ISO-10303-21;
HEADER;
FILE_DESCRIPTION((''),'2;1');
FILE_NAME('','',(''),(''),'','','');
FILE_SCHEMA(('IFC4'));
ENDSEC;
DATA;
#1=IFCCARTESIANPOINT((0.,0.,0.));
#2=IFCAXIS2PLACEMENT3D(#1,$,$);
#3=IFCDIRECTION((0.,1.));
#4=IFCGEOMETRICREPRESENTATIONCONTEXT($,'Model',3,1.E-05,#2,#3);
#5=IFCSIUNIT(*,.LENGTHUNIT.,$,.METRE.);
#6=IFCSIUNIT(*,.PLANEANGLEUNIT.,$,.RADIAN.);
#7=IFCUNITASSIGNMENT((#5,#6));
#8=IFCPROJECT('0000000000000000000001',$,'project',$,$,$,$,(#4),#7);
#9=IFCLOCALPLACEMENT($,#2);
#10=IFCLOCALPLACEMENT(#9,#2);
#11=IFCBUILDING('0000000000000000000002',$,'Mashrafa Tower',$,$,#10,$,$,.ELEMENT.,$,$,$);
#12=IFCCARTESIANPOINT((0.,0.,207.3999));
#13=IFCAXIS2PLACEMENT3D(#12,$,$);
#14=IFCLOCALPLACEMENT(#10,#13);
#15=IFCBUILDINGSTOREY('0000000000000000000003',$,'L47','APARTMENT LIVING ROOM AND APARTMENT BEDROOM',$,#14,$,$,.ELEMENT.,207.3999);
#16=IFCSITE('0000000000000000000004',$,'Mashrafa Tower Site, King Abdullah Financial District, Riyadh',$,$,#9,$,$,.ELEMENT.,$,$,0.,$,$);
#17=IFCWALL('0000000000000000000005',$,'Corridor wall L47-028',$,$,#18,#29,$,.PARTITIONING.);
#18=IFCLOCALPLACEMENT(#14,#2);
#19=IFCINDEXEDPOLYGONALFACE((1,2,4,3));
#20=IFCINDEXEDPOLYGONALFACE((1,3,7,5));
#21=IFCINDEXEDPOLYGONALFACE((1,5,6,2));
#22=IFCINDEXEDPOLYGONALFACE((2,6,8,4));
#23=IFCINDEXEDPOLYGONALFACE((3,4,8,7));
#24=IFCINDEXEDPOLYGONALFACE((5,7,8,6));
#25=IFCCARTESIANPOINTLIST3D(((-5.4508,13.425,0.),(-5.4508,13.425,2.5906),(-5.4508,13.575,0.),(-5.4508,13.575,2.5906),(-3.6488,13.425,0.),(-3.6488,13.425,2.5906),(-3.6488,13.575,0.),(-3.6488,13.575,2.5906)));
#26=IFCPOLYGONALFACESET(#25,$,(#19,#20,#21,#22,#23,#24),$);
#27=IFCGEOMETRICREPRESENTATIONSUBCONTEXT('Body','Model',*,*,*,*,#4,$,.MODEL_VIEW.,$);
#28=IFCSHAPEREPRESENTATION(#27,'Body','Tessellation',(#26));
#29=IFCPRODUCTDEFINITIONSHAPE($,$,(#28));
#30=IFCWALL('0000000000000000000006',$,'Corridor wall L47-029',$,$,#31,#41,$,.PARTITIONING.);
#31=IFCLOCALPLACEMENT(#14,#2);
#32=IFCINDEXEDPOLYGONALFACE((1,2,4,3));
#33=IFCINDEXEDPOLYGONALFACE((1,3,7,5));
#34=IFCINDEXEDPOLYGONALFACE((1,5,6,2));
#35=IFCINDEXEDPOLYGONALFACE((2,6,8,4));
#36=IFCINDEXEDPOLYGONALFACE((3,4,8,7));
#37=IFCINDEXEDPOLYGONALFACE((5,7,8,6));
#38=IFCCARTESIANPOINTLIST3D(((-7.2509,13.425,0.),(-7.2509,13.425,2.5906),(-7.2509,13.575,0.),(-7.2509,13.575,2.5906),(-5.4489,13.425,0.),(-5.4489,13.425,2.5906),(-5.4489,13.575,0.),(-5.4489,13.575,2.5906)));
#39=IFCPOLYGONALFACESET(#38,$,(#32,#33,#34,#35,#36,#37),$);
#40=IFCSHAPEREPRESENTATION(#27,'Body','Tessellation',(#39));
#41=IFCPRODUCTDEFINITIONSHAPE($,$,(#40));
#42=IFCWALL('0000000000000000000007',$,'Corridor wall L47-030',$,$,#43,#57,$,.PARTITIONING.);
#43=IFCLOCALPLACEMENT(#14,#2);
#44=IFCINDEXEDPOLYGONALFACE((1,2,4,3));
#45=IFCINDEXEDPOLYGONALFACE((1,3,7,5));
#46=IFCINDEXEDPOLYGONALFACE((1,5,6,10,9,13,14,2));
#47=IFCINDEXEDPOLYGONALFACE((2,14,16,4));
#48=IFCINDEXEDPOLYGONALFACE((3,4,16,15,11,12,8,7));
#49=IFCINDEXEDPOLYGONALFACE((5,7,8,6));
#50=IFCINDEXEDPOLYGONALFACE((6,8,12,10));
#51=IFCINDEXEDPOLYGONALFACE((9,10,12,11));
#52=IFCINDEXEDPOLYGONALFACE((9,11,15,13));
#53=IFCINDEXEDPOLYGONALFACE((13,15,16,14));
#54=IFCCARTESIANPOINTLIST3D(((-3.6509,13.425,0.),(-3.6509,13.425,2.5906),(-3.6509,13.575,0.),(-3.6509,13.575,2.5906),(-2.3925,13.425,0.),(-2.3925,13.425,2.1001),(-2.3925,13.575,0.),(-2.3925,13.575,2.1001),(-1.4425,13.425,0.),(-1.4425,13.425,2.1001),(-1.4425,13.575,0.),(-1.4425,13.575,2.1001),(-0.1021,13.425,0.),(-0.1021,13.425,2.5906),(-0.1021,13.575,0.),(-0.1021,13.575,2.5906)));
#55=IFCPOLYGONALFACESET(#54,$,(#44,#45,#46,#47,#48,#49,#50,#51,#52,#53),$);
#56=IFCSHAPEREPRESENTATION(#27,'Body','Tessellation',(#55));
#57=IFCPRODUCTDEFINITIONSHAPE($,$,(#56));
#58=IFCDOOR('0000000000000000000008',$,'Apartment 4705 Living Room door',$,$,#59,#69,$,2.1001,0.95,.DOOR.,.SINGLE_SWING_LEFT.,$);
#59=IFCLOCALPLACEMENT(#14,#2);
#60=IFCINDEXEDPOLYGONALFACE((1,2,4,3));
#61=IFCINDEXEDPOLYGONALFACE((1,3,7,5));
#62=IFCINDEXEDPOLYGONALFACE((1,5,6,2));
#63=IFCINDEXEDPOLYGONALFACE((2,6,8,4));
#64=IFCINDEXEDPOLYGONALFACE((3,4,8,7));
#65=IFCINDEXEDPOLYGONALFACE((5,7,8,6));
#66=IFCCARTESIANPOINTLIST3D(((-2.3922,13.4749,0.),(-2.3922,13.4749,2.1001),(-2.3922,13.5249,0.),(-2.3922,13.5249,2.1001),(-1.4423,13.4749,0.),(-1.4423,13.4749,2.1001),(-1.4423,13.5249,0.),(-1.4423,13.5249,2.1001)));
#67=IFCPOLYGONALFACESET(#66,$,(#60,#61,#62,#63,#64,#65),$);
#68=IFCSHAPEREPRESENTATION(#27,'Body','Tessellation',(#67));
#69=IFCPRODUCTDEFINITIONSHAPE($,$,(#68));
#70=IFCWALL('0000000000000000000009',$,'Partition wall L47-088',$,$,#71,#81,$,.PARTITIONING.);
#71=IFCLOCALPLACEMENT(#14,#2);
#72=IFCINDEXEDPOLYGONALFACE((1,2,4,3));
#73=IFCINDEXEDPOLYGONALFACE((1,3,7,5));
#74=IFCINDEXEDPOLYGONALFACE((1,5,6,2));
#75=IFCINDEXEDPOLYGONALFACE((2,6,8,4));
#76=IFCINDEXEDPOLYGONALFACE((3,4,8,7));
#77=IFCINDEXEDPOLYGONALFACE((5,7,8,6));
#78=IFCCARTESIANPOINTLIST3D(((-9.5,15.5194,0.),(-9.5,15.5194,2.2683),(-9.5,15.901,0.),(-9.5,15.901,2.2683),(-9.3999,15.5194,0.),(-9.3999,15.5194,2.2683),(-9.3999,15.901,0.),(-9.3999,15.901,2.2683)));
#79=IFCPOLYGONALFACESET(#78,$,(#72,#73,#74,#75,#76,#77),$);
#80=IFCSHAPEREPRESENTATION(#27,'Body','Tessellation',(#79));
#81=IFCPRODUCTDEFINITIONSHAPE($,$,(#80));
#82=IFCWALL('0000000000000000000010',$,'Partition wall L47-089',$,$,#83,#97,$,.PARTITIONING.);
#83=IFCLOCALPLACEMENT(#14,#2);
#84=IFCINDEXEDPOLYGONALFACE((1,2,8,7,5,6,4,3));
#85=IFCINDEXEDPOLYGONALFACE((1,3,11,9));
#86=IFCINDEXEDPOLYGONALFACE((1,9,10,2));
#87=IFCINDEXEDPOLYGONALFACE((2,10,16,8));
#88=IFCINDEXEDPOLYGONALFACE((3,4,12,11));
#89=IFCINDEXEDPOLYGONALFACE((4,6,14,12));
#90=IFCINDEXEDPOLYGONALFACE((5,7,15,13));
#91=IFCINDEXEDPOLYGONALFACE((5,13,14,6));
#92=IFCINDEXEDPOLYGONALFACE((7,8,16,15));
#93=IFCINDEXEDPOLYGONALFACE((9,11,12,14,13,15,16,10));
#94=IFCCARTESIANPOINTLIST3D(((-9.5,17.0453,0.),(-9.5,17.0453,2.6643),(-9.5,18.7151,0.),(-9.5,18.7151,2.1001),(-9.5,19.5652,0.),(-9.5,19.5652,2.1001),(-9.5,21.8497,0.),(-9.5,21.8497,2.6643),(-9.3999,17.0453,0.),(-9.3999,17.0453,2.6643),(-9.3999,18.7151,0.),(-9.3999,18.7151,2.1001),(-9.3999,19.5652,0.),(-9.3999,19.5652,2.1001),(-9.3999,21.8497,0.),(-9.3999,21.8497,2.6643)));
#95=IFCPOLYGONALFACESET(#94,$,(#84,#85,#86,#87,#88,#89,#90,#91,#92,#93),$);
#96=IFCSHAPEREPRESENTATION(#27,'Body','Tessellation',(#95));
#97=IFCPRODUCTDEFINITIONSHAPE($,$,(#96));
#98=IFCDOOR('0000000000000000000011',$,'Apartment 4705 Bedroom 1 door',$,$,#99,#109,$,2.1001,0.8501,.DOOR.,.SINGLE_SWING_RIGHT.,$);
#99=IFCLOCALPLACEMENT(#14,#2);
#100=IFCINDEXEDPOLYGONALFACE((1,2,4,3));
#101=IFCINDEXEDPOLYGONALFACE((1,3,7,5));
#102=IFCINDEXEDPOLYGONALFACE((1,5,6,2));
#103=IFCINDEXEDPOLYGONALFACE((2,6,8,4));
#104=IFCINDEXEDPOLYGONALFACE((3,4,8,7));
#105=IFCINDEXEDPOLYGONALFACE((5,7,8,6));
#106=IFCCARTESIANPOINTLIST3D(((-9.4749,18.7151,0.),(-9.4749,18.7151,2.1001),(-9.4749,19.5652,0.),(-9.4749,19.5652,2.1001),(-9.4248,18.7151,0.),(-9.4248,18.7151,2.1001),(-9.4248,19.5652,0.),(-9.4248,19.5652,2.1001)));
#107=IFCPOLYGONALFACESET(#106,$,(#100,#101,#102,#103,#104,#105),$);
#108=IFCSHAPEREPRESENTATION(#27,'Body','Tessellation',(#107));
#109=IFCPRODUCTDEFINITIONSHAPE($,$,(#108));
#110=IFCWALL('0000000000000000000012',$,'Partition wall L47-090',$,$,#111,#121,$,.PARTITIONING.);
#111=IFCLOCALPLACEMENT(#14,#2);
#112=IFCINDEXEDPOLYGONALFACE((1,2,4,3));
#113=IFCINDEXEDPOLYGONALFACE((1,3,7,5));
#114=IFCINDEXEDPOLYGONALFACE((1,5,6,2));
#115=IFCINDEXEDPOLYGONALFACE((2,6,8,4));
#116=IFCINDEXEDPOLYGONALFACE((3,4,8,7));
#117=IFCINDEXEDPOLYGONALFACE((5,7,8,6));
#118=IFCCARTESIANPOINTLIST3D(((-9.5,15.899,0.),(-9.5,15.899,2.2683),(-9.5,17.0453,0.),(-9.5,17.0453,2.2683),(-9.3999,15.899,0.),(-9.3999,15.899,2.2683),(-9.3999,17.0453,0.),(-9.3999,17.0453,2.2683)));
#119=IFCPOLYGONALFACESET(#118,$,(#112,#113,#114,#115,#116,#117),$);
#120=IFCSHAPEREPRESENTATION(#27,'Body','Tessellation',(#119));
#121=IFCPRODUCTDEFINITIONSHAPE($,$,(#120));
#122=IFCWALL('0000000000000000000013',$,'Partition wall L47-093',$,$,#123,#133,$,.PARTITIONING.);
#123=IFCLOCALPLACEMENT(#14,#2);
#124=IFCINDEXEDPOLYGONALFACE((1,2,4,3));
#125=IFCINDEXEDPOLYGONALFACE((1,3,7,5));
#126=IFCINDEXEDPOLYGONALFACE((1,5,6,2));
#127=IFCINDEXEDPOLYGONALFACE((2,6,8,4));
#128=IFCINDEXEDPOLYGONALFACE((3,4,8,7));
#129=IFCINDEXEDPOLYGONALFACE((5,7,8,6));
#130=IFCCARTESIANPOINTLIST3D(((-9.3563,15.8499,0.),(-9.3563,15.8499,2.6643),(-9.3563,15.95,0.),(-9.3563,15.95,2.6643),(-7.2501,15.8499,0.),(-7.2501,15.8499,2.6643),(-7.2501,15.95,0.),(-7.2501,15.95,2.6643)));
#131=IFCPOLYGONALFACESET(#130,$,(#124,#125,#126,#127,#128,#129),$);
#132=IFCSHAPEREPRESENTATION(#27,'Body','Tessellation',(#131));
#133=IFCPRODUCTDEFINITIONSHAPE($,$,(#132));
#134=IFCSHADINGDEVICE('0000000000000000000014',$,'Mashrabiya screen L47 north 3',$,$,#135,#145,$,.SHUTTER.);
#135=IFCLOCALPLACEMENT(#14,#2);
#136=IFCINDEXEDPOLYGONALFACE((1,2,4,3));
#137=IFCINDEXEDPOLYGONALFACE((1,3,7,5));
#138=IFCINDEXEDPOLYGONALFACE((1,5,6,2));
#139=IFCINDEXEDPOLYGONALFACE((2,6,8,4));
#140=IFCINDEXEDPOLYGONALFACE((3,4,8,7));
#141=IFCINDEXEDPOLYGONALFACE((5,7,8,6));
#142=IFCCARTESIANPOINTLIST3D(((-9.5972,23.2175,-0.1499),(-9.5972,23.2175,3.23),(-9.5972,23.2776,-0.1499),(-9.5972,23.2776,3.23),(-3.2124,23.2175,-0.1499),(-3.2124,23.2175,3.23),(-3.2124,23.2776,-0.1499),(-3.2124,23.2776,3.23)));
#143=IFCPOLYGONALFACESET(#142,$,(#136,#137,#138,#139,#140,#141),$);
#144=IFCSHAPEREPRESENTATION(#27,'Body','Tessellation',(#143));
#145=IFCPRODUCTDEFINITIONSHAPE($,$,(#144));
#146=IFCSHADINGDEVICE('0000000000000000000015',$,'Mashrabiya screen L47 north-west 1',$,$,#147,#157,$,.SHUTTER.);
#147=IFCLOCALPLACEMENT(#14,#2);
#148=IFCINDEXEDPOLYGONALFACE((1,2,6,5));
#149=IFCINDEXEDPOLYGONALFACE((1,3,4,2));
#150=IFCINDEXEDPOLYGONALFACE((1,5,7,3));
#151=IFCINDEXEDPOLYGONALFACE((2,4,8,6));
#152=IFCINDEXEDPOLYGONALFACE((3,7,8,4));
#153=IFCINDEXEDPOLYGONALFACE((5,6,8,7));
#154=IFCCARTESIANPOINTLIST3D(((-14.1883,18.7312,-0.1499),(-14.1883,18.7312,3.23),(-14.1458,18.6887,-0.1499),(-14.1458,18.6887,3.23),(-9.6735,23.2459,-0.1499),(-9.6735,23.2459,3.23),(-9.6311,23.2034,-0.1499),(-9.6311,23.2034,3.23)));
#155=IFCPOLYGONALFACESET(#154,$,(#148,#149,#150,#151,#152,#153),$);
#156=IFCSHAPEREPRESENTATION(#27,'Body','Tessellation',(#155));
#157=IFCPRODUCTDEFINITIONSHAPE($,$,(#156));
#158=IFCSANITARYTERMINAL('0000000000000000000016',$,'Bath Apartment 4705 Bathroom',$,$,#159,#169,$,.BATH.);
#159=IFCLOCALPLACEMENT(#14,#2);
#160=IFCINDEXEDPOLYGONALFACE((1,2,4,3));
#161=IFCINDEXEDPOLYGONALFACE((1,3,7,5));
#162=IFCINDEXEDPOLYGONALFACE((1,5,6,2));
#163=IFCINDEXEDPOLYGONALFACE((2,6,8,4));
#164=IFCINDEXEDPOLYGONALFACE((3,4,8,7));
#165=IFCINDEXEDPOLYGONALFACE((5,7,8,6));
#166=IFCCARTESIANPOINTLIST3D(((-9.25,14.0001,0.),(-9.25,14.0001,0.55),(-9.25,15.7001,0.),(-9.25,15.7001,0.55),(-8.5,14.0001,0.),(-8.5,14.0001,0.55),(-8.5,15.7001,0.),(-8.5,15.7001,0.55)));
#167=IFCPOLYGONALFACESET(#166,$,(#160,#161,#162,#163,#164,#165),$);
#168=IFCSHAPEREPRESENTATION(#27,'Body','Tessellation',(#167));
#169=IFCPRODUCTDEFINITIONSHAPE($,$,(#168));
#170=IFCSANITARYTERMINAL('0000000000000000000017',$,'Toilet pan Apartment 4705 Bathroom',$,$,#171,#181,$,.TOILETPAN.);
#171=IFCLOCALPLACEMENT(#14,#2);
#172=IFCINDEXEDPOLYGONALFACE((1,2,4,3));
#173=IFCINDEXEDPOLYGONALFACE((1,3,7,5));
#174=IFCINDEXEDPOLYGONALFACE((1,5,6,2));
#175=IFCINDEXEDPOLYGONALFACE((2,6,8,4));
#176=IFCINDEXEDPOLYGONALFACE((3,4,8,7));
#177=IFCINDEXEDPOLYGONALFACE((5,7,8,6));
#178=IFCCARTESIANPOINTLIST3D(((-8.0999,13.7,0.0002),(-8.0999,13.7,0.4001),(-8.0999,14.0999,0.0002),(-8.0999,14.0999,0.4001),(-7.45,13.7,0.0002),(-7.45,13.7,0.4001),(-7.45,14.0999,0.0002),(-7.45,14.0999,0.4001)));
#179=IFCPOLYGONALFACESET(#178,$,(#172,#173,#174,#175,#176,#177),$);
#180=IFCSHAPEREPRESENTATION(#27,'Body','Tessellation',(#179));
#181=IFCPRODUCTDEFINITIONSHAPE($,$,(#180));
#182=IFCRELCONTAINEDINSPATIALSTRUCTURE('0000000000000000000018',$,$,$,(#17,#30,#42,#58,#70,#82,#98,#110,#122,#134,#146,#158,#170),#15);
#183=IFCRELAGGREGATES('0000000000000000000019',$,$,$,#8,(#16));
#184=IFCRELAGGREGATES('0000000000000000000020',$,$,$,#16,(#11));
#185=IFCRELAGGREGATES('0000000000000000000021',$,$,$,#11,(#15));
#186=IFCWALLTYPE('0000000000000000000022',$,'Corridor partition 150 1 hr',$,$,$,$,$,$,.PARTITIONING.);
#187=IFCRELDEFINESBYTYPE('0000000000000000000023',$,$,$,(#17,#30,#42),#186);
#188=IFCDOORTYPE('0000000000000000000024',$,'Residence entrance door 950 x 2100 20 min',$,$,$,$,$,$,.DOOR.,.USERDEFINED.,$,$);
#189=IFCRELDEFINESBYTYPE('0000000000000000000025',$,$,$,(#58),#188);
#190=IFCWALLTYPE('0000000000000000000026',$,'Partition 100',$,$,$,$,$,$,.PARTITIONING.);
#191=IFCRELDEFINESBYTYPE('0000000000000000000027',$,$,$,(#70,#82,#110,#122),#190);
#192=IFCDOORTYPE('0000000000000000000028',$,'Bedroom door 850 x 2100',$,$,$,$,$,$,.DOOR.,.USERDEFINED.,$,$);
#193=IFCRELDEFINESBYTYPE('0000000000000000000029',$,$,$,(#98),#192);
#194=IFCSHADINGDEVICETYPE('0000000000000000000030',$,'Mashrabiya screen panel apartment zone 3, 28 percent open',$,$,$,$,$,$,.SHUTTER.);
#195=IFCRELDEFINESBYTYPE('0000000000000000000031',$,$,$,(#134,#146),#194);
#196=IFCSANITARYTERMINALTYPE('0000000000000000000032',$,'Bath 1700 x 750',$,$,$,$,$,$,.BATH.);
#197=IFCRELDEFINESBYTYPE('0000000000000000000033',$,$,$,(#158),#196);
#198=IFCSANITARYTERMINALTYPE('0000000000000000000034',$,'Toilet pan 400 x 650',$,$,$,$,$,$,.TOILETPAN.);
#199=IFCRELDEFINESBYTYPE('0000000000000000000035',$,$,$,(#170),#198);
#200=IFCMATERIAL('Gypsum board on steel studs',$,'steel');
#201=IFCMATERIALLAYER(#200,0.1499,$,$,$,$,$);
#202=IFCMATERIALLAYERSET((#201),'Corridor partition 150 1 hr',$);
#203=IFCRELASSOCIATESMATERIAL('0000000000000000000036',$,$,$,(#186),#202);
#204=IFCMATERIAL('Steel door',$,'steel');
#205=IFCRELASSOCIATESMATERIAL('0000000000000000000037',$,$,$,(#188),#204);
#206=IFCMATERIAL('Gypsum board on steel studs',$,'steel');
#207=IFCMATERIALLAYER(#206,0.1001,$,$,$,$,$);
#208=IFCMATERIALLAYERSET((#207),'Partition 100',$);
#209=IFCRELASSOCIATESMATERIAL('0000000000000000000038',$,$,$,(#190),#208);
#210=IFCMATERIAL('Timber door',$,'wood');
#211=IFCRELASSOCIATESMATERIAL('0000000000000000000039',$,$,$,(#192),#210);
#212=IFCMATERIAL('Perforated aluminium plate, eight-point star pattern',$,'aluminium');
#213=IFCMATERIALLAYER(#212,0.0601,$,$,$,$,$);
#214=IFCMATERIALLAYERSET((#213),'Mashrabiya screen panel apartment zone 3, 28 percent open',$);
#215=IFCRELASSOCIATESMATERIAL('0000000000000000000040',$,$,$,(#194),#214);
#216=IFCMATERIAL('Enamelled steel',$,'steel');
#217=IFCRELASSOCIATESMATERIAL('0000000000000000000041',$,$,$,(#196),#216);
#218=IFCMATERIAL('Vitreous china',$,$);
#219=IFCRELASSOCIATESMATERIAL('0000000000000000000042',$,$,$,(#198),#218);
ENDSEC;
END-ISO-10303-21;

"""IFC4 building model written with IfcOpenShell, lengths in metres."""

from ifc_helpers import new_model, si_unit, direction, frame, frame_2d, origin, origin_2d, place, context, subcontext, project, spatial, rectangle, extrude, source, transform, mapped, material, layer, layer_set, type_object, type_shapes, element, fill, save


model = new_model("IFC4")

# Units and contexts
model_context = context("Model", 3, precision=1e-05, world=origin(), true_north=direction((0.0, 1.0)))
body_context = subcontext(model_context, "Body", "Model", "MODEL_VIEW")
ifc_project = project(units=[si_unit("LENGTHUNIT", "METRE"), si_unit("PLANEANGLEUNIT", "RADIAN")], contexts=[model_context])

# Site, building, storey
site_placement = place(None, origin())
site = spatial("IfcSite", under=ifc_project, at=site_placement, Name="Mashrafa Tower Site, King Abdullah Financial District, Riyadh", CompositionType="ELEMENT", RefElevation=0.0)
building_placement = place(site_placement, origin())
building = spatial("IfcBuilding", under=site, at=building_placement, Name="Mashrafa Tower", CompositionType="ELEMENT")
storey_placement = place(building_placement, frame((0.0, 0.0, 207.3999)))
storey = spatial("IfcBuildingStorey", under=building, at=storey_placement, Name="L47", Description="APARTMENT LIVING ROOM AND APARTMENT BEDROOM", CompositionType="ELEMENT", Elevation=207.3999)

# Walls
ifc_material_1 = material(Name="Gypsum board on steel studs", Category="steel")
ifc_layer_1 = layer(ifc_material_1, 0.1499)
ifc_layer_set_1 = layer_set([ifc_layer_1], Name="Corridor partition 150 1 hr")
wall_type_1 = type_object("IfcWallType", Name="Corridor partition 150 1 hr", PredefinedType="PARTITIONING", material=ifc_layer_set_1)
for number, where, z_axis, x_axis, name in (
    (1, (-3.6489, 13.5, 0.0), (0.0, 0.0, 1.0), (-1.0, 0.0, 0.0), "Corridor wall L47-028"),
    (2, (-5.449, 13.5, 0.0), (0.0, 0.0, 1.0), (-1.0, 0.0, 0.0), "Corridor wall L47-029"),
):
    element("IfcWall", number, at=place(storey_placement, frame(where, z_axis=z_axis, x_axis=x_axis)), inside=storey, type_object=wall_type_1, Name=name, PredefinedType="PARTITIONING", context=body_context, shape_type="SweptSolid", body=[
        extrude(rectangle(XDim=1.802, YDim=0.1499, at=frame_2d((0.9009, 0.0))), origin(), (0.0, 0.0, 1.0), 2.5906),
    ])

# Wall, opening, door
wall_1_placement = place(storey_placement, frame((-0.1021, 13.5, 0.0), z_axis=(0.0, 0.0, 1.0), x_axis=(-1.0, 0.0, 0.0)))
wall_1 = element("IfcWall", 3, at=wall_1_placement, inside=storey, type_object=wall_type_1, Name="Corridor wall L47-030", PredefinedType="PARTITIONING", context=body_context, shape_type="SweptSolid", body=[
    extrude(rectangle(XDim=3.5488, YDim=0.1499, at=frame_2d((1.7744, 0.0))), origin(), (0.0, 0.0, 1.0), 2.5906),
])
opening_1_placement = place(wall_1_placement, frame((1.3403, 0.0, 0.0)))
opening_1 = element("IfcOpeningElement", 4, at=opening_1_placement, cuts=wall_1, PredefinedType="OPENING", context=body_context, shape_type="SweptSolid", body=[
    extrude(rectangle(XDim=0.95, YDim=2.1001, at=frame_2d((0.4751, 1.05))), frame((0.0, 0.085, 0.0), z_axis=(0.0, -1.0, 0.0), x_axis=(1.0, 0.0, 0.0)), (0.0, 0.0, 1.0), 0.1699),
])
ifc_material_2 = material(Name="Steel door", Category="steel")
door_type_1 = type_object("IfcDoorType", Name="Residence entrance door 950 x 2100 20 min", OperationType="USERDEFINED", PredefinedType="DOOR", material=ifc_material_2)
door_1_placement = place(opening_1_placement, frame((0.95, 0.0, 0.0), z_axis=(0.0, 0.0, 1.0), x_axis=(-1.0, 0.0, 0.0)))
door_1 = element("IfcDoor", 5, at=door_1_placement, inside=storey, type_object=door_type_1, Name="Apartment 4705 Living Room door", OperationType="SINGLE_SWING_LEFT", OverallHeight=2.1001, OverallWidth=0.95, PredefinedType="DOOR", context=body_context, shape_type="SweptSolid", body=[
    extrude(rectangle(XDim=0.95, YDim=2.1001, at=frame_2d((0.4751, 1.05))), frame((0.0, 0.0249, 0.0), z_axis=(0.0, -1.0, 0.0), x_axis=(1.0, 0.0, 0.0)), (0.0, 0.0, 1.0), 0.05),
])
fill(opening_1, door_1)

# Wall
ifc_material_3 = material(Name="Gypsum board on steel studs", Category="steel")
ifc_layer_2 = layer(ifc_material_3, 0.1001)
ifc_layer_set_2 = layer_set([ifc_layer_2], Name="Partition 100")
wall_type_2 = type_object("IfcWallType", Name="Partition 100", PredefinedType="PARTITIONING", material=ifc_layer_set_2)
wall_2_placement = place(storey_placement, frame((-9.45, 15.5193, 0.0), z_axis=(0.0, 0.0, 1.0), x_axis=(0.0, 1.0, 0.0)))
element("IfcWall", 6, at=wall_2_placement, inside=storey, type_object=wall_type_2, Name="Partition wall L47-088", PredefinedType="PARTITIONING", context=body_context, shape_type="SweptSolid", body=[
    extrude(rectangle(XDim=0.3816, YDim=0.1001, at=frame_2d((0.1909, 0.0))), origin(), (0.0, 0.0, 1.0), 2.2683),
])

# Wall, opening, door
wall_3_placement = place(storey_placement, frame((-9.45, 17.0452, 0.0), z_axis=(0.0, 0.0, 1.0), x_axis=(0.0, 1.0, 0.0)))
wall_3 = element("IfcWall", 7, at=wall_3_placement, inside=storey, type_object=wall_type_2, Name="Partition wall L47-089", PredefinedType="PARTITIONING", context=body_context, shape_type="SweptSolid", body=[
    extrude(rectangle(XDim=4.8044, YDim=0.1001, at=frame_2d((2.4023, 0.0))), origin(), (0.0, 0.0, 1.0), 2.6643),
])
opening_2_placement = place(wall_3_placement, frame((1.6699, 0.0, 0.0)))
opening_2 = element("IfcOpeningElement", 8, at=opening_2_placement, cuts=wall_3, PredefinedType="OPENING", context=body_context, shape_type="SweptSolid", body=[
    extrude(rectangle(XDim=0.8501, YDim=2.1001, at=frame_2d((0.425, 1.05))), frame((0.0, 0.0601, 0.0), z_axis=(0.0, -1.0, 0.0), x_axis=(1.0, 0.0, 0.0)), (0.0, 0.0, 1.0), 0.1201),
])
ifc_material_4 = material(Name="Timber door", Category="wood")
door_type_2 = type_object("IfcDoorType", Name="Bedroom door 850 x 2100", OperationType="USERDEFINED", PredefinedType="DOOR", material=ifc_material_4)
door_2_placement = place(opening_2_placement, origin())
door_2 = element("IfcDoor", 9, at=door_2_placement, inside=storey, type_object=door_type_2, Name="Apartment 4705 Bedroom 1 door", OperationType="SINGLE_SWING_RIGHT", OverallHeight=2.1001, OverallWidth=0.8501, PredefinedType="DOOR", context=body_context, shape_type="SweptSolid", body=[
    extrude(rectangle(XDim=0.8501, YDim=2.1001, at=frame_2d((0.425, 1.05))), frame((0.0, 0.0249, 0.0), z_axis=(0.0, -1.0, 0.0), x_axis=(1.0, 0.0, 0.0)), (0.0, 0.0, 1.0), 0.05),
])
fill(opening_2, door_2)

# Walls
wall_4_placement = place(storey_placement, frame((-9.45, 15.8989, 0.0), z_axis=(0.0, 0.0, 1.0), x_axis=(0.0, 1.0, 0.0)))
element("IfcWall", 10, at=wall_4_placement, inside=storey, type_object=wall_type_2, Name="Partition wall L47-090", PredefinedType="PARTITIONING", context=body_context, shape_type="SweptSolid", body=[
    extrude(rectangle(XDim=1.1462, YDim=0.1001, at=frame_2d((0.5732, 0.0))), origin(), (0.0, 0.0, 1.0), 2.2683),
])
wall_5_placement = place(storey_placement, frame((-7.25, 15.8999, 0.0), z_axis=(0.0, 0.0, 1.0), x_axis=(-1.0, 0.0, 0.0)))
element("IfcWall", 11, at=wall_5_placement, inside=storey, type_object=wall_type_2, Name="Partition wall L47-093", PredefinedType="PARTITIONING", context=body_context, shape_type="SweptSolid", body=[
    extrude(rectangle(XDim=2.1062, YDim=0.1001, at=frame_2d((1.0532, 0.0))), origin(), (0.0, 0.0, 1.0), 2.6643),
])

# Shading devices
ifc_material_5 = material(Name="Perforated aluminium plate, eight-point star pattern", Category="aluminium")
ifc_layer_3 = layer(ifc_material_5, 0.0601)
ifc_layer_set_3 = layer_set([ifc_layer_3], Name="Mashrabiya screen panel apartment zone 3, 28 percent open")
shading_device_type = type_object("IfcShadingDeviceType", Name="Mashrabiya screen panel apartment zone 3, 28 percent open", PredefinedType="SHUTTER", material=ifc_layer_set_3)
shared_shape_1 = source(origin(), body_context, "Body", "SweptSolid", [
    extrude(rectangle(XDim=6.3848, YDim=0.0601, at=origin_2d()), origin(), (0.0, 0.0, 1.0), 3.3799),
])
type_shapes(shading_device_type, [shared_shape_1])
for number, where, z_axis, x_axis, name in (
    (12, (-6.4048, 23.2476, -0.1499), (0.0, 0.0, 1.0), (-1.0, 0.0, 0.0), "Mashrabiya screen L47 north 3"),
    (13, (-11.9097, 20.9673, -0.1499), (0.0, 0.0, 1.0), (-0.707107, -0.707107, 0.0), "Mashrabiya screen L47 north-west 1"),
):
    element("IfcShadingDevice", number, at=place(storey_placement, frame(where, z_axis=z_axis, x_axis=x_axis)), inside=storey, type_object=shading_device_type, Name=name, PredefinedType="SHUTTER", context=body_context, shape_type="MappedRepresentation", body=[
        mapped(shared_shape_1, transform((0.0, 0.0, 0.0))),
    ])

# Sanitary terminals
ifc_material_6 = material(Name="Enamelled steel", Category="steel")
sanitary_terminal_type_1 = type_object("IfcSanitaryTerminalType", Name="Bath 1700 x 750", PredefinedType="BATH", material=ifc_material_6)
sanitary_terminal_1_placement = place(storey_placement, frame((-8.875, 14.8501, 0.0), z_axis=(0.0, 0.0, 1.0), x_axis=(0.0, -1.0, 0.0)))
element("IfcSanitaryTerminal", 14, at=sanitary_terminal_1_placement, inside=storey, type_object=sanitary_terminal_type_1, Name="Bath Apartment 4705 Bathroom", PredefinedType="BATH", context=body_context, shape_type="SweptSolid", body=[
    extrude(rectangle(XDim=1.7, YDim=0.75, at=origin_2d()), origin(), (0.0, 0.0, 1.0), 0.55),
])
ifc_material_7 = material(Name="Vitreous china")
sanitary_terminal_type_2 = type_object("IfcSanitaryTerminalType", Name="Toilet pan 400 x 650", PredefinedType="TOILETPAN", material=ifc_material_7)
sanitary_terminal_2_placement = place(storey_placement, frame((-7.7749, 13.8999, 0.0002), z_axis=(0.0, 0.0, 1.0), x_axis=(0.0, 1.0, 0.0)))
element("IfcSanitaryTerminal", 15, at=sanitary_terminal_2_placement, inside=storey, type_object=sanitary_terminal_type_2, Name="Toilet pan Apartment 4705 Bathroom", PredefinedType="TOILETPAN", context=body_context, shape_type="SweptSolid", body=[
    extrude(rectangle(XDim=0.3999, YDim=0.6499, at=origin_2d()), origin(), (0.0, 0.0, 1.0), 0.3999),
])

save(model, "model.ifc")
